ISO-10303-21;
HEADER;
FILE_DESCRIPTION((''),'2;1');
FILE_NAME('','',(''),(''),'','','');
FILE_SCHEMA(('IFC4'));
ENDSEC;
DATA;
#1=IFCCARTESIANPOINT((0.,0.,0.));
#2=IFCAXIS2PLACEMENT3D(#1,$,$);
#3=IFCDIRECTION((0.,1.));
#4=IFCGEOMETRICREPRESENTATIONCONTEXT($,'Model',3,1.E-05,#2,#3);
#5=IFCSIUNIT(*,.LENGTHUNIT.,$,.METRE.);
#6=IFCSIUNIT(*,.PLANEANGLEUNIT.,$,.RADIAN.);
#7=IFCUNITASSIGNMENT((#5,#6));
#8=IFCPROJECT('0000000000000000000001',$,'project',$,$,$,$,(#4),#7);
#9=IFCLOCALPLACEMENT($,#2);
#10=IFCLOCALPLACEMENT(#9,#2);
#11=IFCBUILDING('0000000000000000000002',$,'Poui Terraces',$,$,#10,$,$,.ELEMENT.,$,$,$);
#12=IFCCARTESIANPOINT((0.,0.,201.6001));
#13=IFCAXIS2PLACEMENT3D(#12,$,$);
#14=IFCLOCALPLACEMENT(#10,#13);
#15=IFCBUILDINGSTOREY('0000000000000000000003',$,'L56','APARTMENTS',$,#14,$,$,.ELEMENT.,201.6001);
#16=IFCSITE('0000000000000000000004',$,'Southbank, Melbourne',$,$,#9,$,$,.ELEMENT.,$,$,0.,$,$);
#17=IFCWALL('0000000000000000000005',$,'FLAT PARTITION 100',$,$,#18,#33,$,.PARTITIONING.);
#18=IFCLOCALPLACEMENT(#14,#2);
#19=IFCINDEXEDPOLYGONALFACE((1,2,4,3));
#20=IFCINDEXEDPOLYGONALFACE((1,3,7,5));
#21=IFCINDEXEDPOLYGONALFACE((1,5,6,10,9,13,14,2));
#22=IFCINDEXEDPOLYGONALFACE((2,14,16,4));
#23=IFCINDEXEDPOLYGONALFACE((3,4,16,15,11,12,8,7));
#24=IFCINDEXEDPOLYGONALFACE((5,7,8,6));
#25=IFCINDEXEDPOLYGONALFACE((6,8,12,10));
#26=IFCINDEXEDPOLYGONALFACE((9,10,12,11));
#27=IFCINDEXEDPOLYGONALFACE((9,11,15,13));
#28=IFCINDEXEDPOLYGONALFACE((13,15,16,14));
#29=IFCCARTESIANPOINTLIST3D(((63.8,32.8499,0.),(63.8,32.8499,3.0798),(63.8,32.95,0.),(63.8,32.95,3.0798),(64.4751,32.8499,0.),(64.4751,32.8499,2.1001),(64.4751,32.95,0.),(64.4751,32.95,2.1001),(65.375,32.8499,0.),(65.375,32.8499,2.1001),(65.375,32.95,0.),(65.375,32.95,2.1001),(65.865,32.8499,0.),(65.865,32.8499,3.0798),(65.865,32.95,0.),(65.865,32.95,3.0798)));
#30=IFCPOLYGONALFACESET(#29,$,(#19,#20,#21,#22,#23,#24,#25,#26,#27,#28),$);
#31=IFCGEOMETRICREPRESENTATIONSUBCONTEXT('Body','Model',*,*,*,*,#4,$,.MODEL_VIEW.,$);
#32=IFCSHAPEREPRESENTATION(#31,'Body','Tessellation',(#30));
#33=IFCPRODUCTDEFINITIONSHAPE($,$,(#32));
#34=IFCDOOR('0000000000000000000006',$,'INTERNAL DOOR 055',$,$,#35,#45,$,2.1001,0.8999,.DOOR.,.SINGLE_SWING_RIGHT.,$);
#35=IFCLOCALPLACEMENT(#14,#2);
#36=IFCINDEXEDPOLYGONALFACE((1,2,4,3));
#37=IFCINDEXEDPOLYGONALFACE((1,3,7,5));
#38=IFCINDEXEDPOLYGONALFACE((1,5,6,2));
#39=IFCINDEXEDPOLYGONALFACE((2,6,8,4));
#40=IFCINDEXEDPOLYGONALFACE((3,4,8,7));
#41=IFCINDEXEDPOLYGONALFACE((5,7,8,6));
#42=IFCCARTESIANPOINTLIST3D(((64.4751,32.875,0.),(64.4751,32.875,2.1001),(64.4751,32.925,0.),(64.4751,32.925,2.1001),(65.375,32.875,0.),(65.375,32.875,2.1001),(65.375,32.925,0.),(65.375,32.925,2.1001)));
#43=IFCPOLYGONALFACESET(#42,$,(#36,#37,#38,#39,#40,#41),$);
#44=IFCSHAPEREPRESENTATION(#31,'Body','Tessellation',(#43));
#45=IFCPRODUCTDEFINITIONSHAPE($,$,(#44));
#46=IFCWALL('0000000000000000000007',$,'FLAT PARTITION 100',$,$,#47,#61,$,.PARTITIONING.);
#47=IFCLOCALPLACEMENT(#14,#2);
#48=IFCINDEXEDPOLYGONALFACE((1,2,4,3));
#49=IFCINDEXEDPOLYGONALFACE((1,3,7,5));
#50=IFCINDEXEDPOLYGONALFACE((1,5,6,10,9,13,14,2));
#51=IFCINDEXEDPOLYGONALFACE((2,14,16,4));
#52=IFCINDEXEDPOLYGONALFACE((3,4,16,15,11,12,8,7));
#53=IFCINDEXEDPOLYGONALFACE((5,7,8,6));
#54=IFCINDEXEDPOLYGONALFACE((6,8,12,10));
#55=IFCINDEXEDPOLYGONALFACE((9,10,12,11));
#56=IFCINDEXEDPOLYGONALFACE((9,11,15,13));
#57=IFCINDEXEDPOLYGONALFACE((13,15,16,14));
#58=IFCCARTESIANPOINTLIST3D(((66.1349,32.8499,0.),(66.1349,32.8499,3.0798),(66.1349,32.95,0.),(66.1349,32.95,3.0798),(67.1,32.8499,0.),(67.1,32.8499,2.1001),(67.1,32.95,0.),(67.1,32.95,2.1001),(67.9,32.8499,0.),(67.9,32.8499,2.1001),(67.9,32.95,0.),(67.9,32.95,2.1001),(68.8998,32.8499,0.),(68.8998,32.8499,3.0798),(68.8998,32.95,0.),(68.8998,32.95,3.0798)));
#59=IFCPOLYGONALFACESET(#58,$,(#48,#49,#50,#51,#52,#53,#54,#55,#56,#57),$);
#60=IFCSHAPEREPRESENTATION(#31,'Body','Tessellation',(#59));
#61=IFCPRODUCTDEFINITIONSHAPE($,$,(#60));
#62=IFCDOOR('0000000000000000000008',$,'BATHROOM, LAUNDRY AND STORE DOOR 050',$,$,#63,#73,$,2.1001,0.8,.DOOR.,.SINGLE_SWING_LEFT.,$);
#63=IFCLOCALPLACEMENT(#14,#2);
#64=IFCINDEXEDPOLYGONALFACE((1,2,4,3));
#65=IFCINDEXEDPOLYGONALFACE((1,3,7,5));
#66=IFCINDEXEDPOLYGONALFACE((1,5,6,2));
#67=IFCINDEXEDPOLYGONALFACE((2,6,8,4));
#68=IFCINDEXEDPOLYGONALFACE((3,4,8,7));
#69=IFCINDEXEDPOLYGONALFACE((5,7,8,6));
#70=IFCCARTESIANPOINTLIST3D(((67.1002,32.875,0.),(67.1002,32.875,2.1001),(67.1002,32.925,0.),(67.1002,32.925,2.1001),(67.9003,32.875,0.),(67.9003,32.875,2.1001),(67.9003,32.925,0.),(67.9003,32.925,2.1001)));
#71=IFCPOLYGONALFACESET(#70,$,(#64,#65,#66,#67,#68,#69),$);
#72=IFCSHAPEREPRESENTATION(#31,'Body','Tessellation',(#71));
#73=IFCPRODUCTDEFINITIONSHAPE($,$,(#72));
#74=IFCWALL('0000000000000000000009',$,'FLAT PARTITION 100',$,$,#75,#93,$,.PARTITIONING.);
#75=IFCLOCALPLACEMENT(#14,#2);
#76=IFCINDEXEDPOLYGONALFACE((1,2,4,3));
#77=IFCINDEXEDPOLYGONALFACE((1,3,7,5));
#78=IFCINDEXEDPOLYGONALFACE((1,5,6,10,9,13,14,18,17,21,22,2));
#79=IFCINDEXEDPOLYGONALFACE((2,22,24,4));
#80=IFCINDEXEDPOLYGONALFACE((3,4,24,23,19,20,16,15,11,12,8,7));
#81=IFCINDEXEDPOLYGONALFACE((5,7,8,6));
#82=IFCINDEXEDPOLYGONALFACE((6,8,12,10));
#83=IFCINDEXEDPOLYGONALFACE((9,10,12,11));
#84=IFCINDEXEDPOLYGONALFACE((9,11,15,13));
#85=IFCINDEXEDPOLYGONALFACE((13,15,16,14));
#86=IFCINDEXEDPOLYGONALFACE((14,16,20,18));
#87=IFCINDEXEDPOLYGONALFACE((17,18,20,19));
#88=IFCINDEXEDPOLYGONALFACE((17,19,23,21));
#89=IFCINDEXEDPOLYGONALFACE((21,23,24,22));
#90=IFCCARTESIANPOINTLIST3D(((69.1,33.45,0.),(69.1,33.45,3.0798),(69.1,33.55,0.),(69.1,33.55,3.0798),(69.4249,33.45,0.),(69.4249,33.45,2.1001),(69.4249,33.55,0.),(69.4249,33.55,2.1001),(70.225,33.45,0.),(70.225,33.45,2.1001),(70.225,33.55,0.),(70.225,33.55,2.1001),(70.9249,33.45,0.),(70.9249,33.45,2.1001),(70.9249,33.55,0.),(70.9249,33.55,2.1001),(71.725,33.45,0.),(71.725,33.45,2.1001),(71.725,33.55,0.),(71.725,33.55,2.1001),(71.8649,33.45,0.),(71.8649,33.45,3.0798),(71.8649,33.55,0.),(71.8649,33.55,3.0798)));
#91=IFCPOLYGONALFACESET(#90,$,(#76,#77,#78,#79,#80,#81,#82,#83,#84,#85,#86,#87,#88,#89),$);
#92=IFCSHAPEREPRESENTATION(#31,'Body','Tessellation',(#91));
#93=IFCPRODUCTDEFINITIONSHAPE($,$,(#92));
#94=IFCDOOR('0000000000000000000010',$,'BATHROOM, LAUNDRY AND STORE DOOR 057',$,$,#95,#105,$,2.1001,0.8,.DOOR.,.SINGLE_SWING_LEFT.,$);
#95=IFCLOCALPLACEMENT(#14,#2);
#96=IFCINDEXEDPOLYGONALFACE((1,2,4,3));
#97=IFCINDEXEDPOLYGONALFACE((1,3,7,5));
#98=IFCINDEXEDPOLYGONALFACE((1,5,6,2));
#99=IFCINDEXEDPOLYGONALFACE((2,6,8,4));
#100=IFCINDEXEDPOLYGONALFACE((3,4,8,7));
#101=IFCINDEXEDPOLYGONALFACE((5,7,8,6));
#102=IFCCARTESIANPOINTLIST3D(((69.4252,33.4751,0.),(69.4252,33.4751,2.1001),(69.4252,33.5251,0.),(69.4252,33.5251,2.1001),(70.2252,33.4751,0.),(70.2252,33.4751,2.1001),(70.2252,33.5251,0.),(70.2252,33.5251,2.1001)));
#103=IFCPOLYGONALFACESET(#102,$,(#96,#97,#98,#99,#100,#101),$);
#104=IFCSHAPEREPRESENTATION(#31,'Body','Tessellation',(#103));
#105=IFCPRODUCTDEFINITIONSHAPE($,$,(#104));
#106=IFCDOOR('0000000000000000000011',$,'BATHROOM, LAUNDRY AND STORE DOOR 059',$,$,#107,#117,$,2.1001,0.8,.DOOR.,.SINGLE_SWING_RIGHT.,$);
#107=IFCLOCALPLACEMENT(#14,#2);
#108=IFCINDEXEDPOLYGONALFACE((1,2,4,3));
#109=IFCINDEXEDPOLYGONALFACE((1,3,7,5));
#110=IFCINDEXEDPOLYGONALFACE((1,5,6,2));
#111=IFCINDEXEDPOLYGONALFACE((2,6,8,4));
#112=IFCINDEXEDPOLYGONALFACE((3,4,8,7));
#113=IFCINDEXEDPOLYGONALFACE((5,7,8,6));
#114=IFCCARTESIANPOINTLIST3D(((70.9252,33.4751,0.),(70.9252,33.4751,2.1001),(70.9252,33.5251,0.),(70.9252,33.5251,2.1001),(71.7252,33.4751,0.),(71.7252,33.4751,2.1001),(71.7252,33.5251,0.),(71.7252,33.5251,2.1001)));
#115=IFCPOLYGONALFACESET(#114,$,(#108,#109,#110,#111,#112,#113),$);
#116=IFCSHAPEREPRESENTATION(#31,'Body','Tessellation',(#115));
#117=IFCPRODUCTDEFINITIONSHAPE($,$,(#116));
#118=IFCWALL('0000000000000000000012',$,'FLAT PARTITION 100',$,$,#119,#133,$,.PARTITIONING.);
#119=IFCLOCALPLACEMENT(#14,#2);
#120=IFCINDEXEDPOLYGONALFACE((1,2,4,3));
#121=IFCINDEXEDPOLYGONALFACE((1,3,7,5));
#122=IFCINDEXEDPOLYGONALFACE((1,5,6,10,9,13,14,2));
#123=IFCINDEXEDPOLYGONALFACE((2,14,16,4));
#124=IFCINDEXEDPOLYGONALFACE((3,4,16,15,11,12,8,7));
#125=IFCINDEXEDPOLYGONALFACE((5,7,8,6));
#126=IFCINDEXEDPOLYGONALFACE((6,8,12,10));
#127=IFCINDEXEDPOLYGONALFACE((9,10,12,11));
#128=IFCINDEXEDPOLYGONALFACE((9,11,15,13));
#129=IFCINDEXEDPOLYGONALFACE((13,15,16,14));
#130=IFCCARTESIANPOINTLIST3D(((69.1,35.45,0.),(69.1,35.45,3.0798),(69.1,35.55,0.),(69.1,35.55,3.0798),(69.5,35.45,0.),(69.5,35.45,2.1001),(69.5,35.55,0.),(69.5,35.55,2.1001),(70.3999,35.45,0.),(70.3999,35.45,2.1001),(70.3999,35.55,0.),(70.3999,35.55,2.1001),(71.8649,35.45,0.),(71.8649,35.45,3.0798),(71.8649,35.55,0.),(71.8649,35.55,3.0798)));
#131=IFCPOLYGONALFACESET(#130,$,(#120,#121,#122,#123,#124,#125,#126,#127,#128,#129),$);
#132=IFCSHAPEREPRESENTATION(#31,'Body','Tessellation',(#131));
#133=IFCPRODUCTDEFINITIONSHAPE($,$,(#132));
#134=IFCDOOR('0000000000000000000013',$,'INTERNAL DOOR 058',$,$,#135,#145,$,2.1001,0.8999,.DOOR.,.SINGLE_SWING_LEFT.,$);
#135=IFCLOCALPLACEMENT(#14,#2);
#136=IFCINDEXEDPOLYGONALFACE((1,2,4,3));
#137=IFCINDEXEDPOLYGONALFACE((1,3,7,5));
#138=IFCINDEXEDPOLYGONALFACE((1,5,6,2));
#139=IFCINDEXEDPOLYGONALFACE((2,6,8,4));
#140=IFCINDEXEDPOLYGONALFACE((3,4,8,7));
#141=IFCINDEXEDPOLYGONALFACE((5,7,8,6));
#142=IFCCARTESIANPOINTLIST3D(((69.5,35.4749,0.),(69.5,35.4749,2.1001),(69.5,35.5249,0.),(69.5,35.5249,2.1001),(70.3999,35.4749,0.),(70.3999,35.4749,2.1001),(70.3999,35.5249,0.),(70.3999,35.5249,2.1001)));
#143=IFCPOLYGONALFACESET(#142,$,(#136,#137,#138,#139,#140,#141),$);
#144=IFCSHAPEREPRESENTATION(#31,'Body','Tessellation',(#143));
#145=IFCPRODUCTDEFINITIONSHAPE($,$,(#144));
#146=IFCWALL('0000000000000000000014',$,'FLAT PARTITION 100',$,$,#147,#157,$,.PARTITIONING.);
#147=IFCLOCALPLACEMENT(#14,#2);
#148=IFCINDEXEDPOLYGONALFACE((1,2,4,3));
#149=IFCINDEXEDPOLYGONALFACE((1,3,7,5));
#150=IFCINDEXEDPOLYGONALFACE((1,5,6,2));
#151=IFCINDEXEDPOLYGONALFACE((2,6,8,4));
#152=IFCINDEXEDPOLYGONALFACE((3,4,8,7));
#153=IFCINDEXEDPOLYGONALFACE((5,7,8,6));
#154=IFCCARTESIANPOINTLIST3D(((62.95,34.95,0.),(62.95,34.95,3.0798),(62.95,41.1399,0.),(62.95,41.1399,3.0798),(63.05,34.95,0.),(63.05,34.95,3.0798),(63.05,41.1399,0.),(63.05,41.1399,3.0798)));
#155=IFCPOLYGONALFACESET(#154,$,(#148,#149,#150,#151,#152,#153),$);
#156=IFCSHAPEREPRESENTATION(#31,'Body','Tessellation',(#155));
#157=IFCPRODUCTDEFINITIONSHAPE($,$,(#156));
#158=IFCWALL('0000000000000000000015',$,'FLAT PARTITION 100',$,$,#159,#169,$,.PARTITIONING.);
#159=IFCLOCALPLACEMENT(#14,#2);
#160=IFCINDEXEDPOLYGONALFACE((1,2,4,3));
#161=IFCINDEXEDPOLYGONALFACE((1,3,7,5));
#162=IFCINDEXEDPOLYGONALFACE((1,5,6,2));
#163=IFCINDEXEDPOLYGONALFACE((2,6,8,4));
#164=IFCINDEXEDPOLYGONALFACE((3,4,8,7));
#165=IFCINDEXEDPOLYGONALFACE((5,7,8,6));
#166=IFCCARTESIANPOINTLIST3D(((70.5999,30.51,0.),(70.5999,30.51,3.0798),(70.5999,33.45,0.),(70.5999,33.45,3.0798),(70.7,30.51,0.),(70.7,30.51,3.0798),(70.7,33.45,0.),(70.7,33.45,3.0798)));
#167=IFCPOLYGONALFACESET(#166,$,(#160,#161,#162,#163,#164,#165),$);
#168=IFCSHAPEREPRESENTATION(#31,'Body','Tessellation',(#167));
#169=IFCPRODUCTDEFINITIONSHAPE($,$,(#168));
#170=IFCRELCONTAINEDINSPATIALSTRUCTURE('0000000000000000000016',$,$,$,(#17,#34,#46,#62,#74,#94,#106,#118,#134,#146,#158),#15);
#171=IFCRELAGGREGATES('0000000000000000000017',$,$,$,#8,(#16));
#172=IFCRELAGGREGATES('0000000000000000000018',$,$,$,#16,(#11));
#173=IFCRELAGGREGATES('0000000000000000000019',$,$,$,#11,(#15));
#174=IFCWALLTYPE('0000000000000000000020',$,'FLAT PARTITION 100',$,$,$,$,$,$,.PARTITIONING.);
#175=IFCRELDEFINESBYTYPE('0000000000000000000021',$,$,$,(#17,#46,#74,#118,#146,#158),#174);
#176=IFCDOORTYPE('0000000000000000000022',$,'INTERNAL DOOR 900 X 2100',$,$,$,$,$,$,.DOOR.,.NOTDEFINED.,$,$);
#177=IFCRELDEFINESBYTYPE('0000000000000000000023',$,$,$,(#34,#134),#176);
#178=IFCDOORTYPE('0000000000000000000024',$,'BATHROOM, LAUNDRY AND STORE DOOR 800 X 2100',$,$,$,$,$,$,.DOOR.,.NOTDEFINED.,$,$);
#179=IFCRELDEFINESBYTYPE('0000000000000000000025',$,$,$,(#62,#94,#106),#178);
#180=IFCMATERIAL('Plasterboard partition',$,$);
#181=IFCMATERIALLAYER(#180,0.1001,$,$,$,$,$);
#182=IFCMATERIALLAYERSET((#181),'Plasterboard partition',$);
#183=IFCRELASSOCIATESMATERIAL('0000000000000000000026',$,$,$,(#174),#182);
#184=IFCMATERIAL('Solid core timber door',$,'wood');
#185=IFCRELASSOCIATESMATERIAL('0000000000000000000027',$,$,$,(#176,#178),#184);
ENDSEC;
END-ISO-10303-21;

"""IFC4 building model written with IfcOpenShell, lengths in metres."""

from ifc_helpers import new_model, si_unit, direction, frame, frame_2d, origin, place, context, subcontext, project, spatial, rectangle, extrude, material, layer, layer_set, type_object, element, fill, save


model = new_model("IFC4")

# Units and contexts
model_context = context("Model", 3, precision=1e-05, world=origin(), true_north=direction((0.0, 1.0)))
body_context = subcontext(model_context, "Body", "Model", "MODEL_VIEW")
ifc_project = project(units=[si_unit("LENGTHUNIT", "METRE"), si_unit("PLANEANGLEUNIT", "RADIAN")], contexts=[model_context])

# Site, building, storey
site_placement = place(None, origin())
site = spatial("IfcSite", under=ifc_project, at=site_placement, Name="Southbank, Melbourne", CompositionType="ELEMENT", RefElevation=0.0)
building_placement = place(site_placement, origin())
building = spatial("IfcBuilding", under=site, at=building_placement, Name="Poui Terraces", CompositionType="ELEMENT")
storey_placement = place(building_placement, frame((0.0, 0.0, 201.6001)))
storey = spatial("IfcBuildingStorey", under=building, at=storey_placement, Name="L56", Description="APARTMENTS", CompositionType="ELEMENT", Elevation=201.6001)

# Walls, openings, doors
ifc_material_1 = material(Name="Plasterboard partition")
ifc_layer_1 = layer(ifc_material_1, 0.1001)
ifc_layer_set_1 = layer_set([ifc_layer_1], Name="Plasterboard partition")
wall_type_1 = type_object("IfcWallType", Name="FLAT PARTITION 100", PredefinedType="PARTITIONING", material=ifc_layer_set_1)
wall_1_placement = place(storey_placement, frame((63.8, 32.8999, 0.0), z_axis=(0.0, 0.0, 1.0), x_axis=(1.0, 0.0, 0.0)))
wall_1 = element("IfcWall", 1, at=wall_1_placement, inside=storey, type_object=wall_type_1, Name="FLAT PARTITION 100", PredefinedType="PARTITIONING", context=body_context, shape_type="SweptSolid", body=[
    extrude(rectangle(XDim=2.0649, YDim=0.1001, at=frame_2d((1.0325, 0.0))), origin(), (0.0, 0.0, 1.0), 3.0798),
])
opening_1_placement = place(wall_1_placement, frame((0.675, 0.0, 0.0)))
opening_1 = element("IfcOpeningElement", 2, at=opening_1_placement, cuts=wall_1, PredefinedType="OPENING", context=body_context, shape_type="SweptSolid", body=[
    extrude(rectangle(XDim=0.8999, YDim=2.1001, at=frame_2d((0.45, 1.05))), frame((0.0, 0.0601, 0.0), z_axis=(0.0, -1.0, 0.0), x_axis=(1.0, 0.0, 0.0)), (0.0, 0.0, 1.0), 0.1201),
])
ifc_material_2 = material(Name="Solid core timber door", Category="wood")
door_type_1 = type_object("IfcDoorType", Name="INTERNAL DOOR 900 X 2100", OperationType="NOTDEFINED", PredefinedType="DOOR", material=ifc_material_2)
door_1_placement = place(opening_1_placement, frame((0.8999, 0.0, 0.0), z_axis=(0.0, 0.0, 1.0), x_axis=(-1.0, 0.0, 0.0)))
door_1 = element("IfcDoor", 3, at=door_1_placement, inside=storey, type_object=door_type_1, Name="INTERNAL DOOR 055", OperationType="SINGLE_SWING_RIGHT", OverallHeight=2.1001, OverallWidth=0.8999, PredefinedType="DOOR", context=body_context, shape_type="SweptSolid", body=[
    extrude(rectangle(XDim=0.8999, YDim=2.1001, at=frame_2d((0.45, 1.05))), frame((0.0, 0.0249, 0.0), z_axis=(0.0, -1.0, 0.0), x_axis=(1.0, 0.0, 0.0)), (0.0, 0.0, 1.0), 0.05),
])
fill(opening_1, door_1)
wall_2_placement = place(storey_placement, frame((66.135, 32.8999, 0.0), z_axis=(0.0, 0.0, 1.0), x_axis=(1.0, 0.0, 0.0)))
wall_2 = element("IfcWall", 4, at=wall_2_placement, inside=storey, type_object=wall_type_1, Name="FLAT PARTITION 100", PredefinedType="PARTITIONING", context=body_context, shape_type="SweptSolid", body=[
    extrude(rectangle(XDim=2.7649, YDim=0.1001, at=frame_2d((1.3823, 0.0))), origin(), (0.0, 0.0, 1.0), 3.0798),
])
opening_2_placement = place(wall_2_placement, frame((0.9651, 0.0, 0.0)))
opening_2 = element("IfcOpeningElement", 5, at=opening_2_placement, cuts=wall_2, PredefinedType="OPENING", context=body_context, shape_type="SweptSolid", body=[
    extrude(rectangle(XDim=0.8, YDim=2.1001, at=frame_2d((0.3999, 1.05))), frame((0.0, 0.0601, 0.0), z_axis=(0.0, -1.0, 0.0), x_axis=(1.0, 0.0, 0.0)), (0.0, 0.0, 1.0), 0.1201),
])
door_type_2 = type_object("IfcDoorType", Name="BATHROOM, LAUNDRY AND STORE DOOR 800 X 2100", OperationType="NOTDEFINED", PredefinedType="DOOR", material=ifc_material_2)
door_2_placement = place(opening_2_placement, frame((0.8, 0.0, 0.0), z_axis=(0.0, 0.0, 1.0), x_axis=(-1.0, 0.0, 0.0)))
door_2 = element("IfcDoor", 6, at=door_2_placement, inside=storey, type_object=door_type_2, Name="BATHROOM, LAUNDRY AND STORE DOOR 050", OperationType="SINGLE_SWING_LEFT", OverallHeight=2.1001, OverallWidth=0.8, PredefinedType="DOOR", context=body_context, shape_type="SweptSolid", body=[
    extrude(rectangle(XDim=0.8, YDim=2.1001, at=frame_2d((0.3999, 1.05))), frame((0.0, 0.0249, 0.0), z_axis=(0.0, -1.0, 0.0), x_axis=(1.0, 0.0, 0.0)), (0.0, 0.0, 1.0), 0.05),
])
fill(opening_2, door_2)

# Wall, openings, doors
wall_3_placement = place(storey_placement, frame((69.1001, 33.5, 0.0), z_axis=(0.0, 0.0, 1.0), x_axis=(1.0, 0.0, 0.0)))
wall_3 = element("IfcWall", 7, at=wall_3_placement, inside=storey, type_object=wall_type_1, Name="FLAT PARTITION 100", PredefinedType="PARTITIONING", context=body_context, shape_type="SweptSolid", body=[
    extrude(rectangle(XDim=2.7649, YDim=0.1001, at=frame_2d((1.3823, 0.0))), origin(), (0.0, 0.0, 1.0), 3.0798),
])
opening_3_placement = place(wall_3_placement, frame((0.325, 0.0, 0.0)))
opening_3 = element("IfcOpeningElement", 8, at=opening_3_placement, cuts=wall_3, PredefinedType="OPENING", context=body_context, shape_type="SweptSolid", body=[
    extrude(rectangle(XDim=0.8, YDim=2.1001, at=frame_2d((0.3999, 1.05))), frame((0.0, 0.0601, 0.0), z_axis=(0.0, -1.0, 0.0), x_axis=(1.0, 0.0, 0.0)), (0.0, 0.0, 1.0), 0.1201),
])
opening_4_placement = place(wall_3_placement, frame((1.825, 0.0, 0.0)))
opening_4 = element("IfcOpeningElement", 9, at=opening_4_placement, cuts=wall_3, PredefinedType="OPENING", context=body_context, shape_type="SweptSolid", body=[
    extrude(rectangle(XDim=0.8, YDim=2.1001, at=frame_2d((0.3999, 1.05))), frame((0.0, 0.0601, 0.0), z_axis=(0.0, -1.0, 0.0), x_axis=(1.0, 0.0, 0.0)), (0.0, 0.0, 1.0), 0.1201),
])
door_3_placement = place(opening_3_placement, frame((0.8, 0.0, 0.0), z_axis=(0.0, 0.0, 1.0), x_axis=(-1.0, 0.0, 0.0)))
door_3 = element("IfcDoor", 10, at=door_3_placement, inside=storey, type_object=door_type_2, Name="BATHROOM, LAUNDRY AND STORE DOOR 057", OperationType="SINGLE_SWING_LEFT", OverallHeight=2.1001, OverallWidth=0.8, PredefinedType="DOOR", context=body_context, shape_type="SweptSolid", body=[
    extrude(rectangle(XDim=0.8, YDim=2.1001, at=frame_2d((0.3999, 1.05))), frame((0.0, 0.0249, 0.0), z_axis=(0.0, -1.0, 0.0), x_axis=(1.0, 0.0, 0.0)), (0.0, 0.0, 1.0), 0.05),
])
fill(opening_3, door_3)
door_4_placement = place(opening_4_placement, frame((0.8, 0.0, 0.0), z_axis=(0.0, 0.0, 1.0), x_axis=(-1.0, 0.0, 0.0)))
door_4 = element("IfcDoor", 11, at=door_4_placement, inside=storey, type_object=door_type_2, Name="BATHROOM, LAUNDRY AND STORE DOOR 059", OperationType="SINGLE_SWING_RIGHT", OverallHeight=2.1001, OverallWidth=0.8, PredefinedType="DOOR", context=body_context, shape_type="SweptSolid", body=[
    extrude(rectangle(XDim=0.8, YDim=2.1001, at=frame_2d((0.3999, 1.05))), frame((0.0, 0.0249, 0.0), z_axis=(0.0, -1.0, 0.0), x_axis=(1.0, 0.0, 0.0)), (0.0, 0.0, 1.0), 0.05),
])
fill(opening_4, door_4)

# Wall, opening, door
wall_4_placement = place(storey_placement, frame((69.1001, 35.5, 0.0), z_axis=(0.0, 0.0, 1.0), x_axis=(1.0, 0.0, 0.0)))
wall_4 = element("IfcWall", 12, at=wall_4_placement, inside=storey, type_object=wall_type_1, Name="FLAT PARTITION 100", PredefinedType="PARTITIONING", context=body_context, shape_type="SweptSolid", body=[
    extrude(rectangle(XDim=2.7649, YDim=0.1001, at=frame_2d((1.3823, 0.0))), origin(), (0.0, 0.0, 1.0), 3.0798),
])
opening_5_placement = place(wall_4_placement, frame((0.3999, 0.0, 0.0)))
opening_5 = element("IfcOpeningElement", 13, at=opening_5_placement, cuts=wall_4, PredefinedType="OPENING", context=body_context, shape_type="SweptSolid", body=[
    extrude(rectangle(XDim=0.8999, YDim=2.1001, at=frame_2d((0.45, 1.05))), frame((0.0, 0.0601, 0.0), z_axis=(0.0, -1.0, 0.0), x_axis=(1.0, 0.0, 0.0)), (0.0, 0.0, 1.0), 0.1201),
])
door_5_placement = place(opening_5_placement, origin())
door_5 = element("IfcDoor", 14, at=door_5_placement, inside=storey, type_object=door_type_1, Name="INTERNAL DOOR 058", OperationType="SINGLE_SWING_LEFT", OverallHeight=2.1001, OverallWidth=0.8999, PredefinedType="DOOR", context=body_context, shape_type="SweptSolid", body=[
    extrude(rectangle(XDim=0.8999, YDim=2.1001, at=frame_2d((0.45, 1.05))), frame((0.0, 0.0249, 0.0), z_axis=(0.0, -1.0, 0.0), x_axis=(1.0, 0.0, 0.0)), (0.0, 0.0, 1.0), 0.05),
])
fill(opening_5, door_5)

# Walls
wall_5_placement = place(storey_placement, frame((63.0, 34.95, 0.0), z_axis=(0.0, 0.0, 1.0), x_axis=(0.0, 1.0, 0.0)))
element("IfcWall", 15, at=wall_5_placement, inside=storey, type_object=wall_type_1, Name="FLAT PARTITION 100", PredefinedType="PARTITIONING", context=body_context, shape_type="SweptSolid", body=[
    extrude(rectangle(XDim=6.1899, YDim=0.1001, at=frame_2d((3.095, 0.0))), origin(), (0.0, 0.0, 1.0), 3.0798),
])
wall_6_placement = place(storey_placement, frame((70.6499, 30.51, 0.0), z_axis=(0.0, 0.0, 1.0), x_axis=(0.0, 1.0, 0.0)))
element("IfcWall", 16, at=wall_6_placement, inside=storey, type_object=wall_type_1, Name="FLAT PARTITION 100", PredefinedType="PARTITIONING", context=body_context, shape_type="SweptSolid", body=[
    extrude(rectangle(XDim=2.9399, YDim=0.1001, at=frame_2d((1.47, 0.0))), origin(), (0.0, 0.0, 1.0), 3.0798),
])

save(model, "model.ifc")
